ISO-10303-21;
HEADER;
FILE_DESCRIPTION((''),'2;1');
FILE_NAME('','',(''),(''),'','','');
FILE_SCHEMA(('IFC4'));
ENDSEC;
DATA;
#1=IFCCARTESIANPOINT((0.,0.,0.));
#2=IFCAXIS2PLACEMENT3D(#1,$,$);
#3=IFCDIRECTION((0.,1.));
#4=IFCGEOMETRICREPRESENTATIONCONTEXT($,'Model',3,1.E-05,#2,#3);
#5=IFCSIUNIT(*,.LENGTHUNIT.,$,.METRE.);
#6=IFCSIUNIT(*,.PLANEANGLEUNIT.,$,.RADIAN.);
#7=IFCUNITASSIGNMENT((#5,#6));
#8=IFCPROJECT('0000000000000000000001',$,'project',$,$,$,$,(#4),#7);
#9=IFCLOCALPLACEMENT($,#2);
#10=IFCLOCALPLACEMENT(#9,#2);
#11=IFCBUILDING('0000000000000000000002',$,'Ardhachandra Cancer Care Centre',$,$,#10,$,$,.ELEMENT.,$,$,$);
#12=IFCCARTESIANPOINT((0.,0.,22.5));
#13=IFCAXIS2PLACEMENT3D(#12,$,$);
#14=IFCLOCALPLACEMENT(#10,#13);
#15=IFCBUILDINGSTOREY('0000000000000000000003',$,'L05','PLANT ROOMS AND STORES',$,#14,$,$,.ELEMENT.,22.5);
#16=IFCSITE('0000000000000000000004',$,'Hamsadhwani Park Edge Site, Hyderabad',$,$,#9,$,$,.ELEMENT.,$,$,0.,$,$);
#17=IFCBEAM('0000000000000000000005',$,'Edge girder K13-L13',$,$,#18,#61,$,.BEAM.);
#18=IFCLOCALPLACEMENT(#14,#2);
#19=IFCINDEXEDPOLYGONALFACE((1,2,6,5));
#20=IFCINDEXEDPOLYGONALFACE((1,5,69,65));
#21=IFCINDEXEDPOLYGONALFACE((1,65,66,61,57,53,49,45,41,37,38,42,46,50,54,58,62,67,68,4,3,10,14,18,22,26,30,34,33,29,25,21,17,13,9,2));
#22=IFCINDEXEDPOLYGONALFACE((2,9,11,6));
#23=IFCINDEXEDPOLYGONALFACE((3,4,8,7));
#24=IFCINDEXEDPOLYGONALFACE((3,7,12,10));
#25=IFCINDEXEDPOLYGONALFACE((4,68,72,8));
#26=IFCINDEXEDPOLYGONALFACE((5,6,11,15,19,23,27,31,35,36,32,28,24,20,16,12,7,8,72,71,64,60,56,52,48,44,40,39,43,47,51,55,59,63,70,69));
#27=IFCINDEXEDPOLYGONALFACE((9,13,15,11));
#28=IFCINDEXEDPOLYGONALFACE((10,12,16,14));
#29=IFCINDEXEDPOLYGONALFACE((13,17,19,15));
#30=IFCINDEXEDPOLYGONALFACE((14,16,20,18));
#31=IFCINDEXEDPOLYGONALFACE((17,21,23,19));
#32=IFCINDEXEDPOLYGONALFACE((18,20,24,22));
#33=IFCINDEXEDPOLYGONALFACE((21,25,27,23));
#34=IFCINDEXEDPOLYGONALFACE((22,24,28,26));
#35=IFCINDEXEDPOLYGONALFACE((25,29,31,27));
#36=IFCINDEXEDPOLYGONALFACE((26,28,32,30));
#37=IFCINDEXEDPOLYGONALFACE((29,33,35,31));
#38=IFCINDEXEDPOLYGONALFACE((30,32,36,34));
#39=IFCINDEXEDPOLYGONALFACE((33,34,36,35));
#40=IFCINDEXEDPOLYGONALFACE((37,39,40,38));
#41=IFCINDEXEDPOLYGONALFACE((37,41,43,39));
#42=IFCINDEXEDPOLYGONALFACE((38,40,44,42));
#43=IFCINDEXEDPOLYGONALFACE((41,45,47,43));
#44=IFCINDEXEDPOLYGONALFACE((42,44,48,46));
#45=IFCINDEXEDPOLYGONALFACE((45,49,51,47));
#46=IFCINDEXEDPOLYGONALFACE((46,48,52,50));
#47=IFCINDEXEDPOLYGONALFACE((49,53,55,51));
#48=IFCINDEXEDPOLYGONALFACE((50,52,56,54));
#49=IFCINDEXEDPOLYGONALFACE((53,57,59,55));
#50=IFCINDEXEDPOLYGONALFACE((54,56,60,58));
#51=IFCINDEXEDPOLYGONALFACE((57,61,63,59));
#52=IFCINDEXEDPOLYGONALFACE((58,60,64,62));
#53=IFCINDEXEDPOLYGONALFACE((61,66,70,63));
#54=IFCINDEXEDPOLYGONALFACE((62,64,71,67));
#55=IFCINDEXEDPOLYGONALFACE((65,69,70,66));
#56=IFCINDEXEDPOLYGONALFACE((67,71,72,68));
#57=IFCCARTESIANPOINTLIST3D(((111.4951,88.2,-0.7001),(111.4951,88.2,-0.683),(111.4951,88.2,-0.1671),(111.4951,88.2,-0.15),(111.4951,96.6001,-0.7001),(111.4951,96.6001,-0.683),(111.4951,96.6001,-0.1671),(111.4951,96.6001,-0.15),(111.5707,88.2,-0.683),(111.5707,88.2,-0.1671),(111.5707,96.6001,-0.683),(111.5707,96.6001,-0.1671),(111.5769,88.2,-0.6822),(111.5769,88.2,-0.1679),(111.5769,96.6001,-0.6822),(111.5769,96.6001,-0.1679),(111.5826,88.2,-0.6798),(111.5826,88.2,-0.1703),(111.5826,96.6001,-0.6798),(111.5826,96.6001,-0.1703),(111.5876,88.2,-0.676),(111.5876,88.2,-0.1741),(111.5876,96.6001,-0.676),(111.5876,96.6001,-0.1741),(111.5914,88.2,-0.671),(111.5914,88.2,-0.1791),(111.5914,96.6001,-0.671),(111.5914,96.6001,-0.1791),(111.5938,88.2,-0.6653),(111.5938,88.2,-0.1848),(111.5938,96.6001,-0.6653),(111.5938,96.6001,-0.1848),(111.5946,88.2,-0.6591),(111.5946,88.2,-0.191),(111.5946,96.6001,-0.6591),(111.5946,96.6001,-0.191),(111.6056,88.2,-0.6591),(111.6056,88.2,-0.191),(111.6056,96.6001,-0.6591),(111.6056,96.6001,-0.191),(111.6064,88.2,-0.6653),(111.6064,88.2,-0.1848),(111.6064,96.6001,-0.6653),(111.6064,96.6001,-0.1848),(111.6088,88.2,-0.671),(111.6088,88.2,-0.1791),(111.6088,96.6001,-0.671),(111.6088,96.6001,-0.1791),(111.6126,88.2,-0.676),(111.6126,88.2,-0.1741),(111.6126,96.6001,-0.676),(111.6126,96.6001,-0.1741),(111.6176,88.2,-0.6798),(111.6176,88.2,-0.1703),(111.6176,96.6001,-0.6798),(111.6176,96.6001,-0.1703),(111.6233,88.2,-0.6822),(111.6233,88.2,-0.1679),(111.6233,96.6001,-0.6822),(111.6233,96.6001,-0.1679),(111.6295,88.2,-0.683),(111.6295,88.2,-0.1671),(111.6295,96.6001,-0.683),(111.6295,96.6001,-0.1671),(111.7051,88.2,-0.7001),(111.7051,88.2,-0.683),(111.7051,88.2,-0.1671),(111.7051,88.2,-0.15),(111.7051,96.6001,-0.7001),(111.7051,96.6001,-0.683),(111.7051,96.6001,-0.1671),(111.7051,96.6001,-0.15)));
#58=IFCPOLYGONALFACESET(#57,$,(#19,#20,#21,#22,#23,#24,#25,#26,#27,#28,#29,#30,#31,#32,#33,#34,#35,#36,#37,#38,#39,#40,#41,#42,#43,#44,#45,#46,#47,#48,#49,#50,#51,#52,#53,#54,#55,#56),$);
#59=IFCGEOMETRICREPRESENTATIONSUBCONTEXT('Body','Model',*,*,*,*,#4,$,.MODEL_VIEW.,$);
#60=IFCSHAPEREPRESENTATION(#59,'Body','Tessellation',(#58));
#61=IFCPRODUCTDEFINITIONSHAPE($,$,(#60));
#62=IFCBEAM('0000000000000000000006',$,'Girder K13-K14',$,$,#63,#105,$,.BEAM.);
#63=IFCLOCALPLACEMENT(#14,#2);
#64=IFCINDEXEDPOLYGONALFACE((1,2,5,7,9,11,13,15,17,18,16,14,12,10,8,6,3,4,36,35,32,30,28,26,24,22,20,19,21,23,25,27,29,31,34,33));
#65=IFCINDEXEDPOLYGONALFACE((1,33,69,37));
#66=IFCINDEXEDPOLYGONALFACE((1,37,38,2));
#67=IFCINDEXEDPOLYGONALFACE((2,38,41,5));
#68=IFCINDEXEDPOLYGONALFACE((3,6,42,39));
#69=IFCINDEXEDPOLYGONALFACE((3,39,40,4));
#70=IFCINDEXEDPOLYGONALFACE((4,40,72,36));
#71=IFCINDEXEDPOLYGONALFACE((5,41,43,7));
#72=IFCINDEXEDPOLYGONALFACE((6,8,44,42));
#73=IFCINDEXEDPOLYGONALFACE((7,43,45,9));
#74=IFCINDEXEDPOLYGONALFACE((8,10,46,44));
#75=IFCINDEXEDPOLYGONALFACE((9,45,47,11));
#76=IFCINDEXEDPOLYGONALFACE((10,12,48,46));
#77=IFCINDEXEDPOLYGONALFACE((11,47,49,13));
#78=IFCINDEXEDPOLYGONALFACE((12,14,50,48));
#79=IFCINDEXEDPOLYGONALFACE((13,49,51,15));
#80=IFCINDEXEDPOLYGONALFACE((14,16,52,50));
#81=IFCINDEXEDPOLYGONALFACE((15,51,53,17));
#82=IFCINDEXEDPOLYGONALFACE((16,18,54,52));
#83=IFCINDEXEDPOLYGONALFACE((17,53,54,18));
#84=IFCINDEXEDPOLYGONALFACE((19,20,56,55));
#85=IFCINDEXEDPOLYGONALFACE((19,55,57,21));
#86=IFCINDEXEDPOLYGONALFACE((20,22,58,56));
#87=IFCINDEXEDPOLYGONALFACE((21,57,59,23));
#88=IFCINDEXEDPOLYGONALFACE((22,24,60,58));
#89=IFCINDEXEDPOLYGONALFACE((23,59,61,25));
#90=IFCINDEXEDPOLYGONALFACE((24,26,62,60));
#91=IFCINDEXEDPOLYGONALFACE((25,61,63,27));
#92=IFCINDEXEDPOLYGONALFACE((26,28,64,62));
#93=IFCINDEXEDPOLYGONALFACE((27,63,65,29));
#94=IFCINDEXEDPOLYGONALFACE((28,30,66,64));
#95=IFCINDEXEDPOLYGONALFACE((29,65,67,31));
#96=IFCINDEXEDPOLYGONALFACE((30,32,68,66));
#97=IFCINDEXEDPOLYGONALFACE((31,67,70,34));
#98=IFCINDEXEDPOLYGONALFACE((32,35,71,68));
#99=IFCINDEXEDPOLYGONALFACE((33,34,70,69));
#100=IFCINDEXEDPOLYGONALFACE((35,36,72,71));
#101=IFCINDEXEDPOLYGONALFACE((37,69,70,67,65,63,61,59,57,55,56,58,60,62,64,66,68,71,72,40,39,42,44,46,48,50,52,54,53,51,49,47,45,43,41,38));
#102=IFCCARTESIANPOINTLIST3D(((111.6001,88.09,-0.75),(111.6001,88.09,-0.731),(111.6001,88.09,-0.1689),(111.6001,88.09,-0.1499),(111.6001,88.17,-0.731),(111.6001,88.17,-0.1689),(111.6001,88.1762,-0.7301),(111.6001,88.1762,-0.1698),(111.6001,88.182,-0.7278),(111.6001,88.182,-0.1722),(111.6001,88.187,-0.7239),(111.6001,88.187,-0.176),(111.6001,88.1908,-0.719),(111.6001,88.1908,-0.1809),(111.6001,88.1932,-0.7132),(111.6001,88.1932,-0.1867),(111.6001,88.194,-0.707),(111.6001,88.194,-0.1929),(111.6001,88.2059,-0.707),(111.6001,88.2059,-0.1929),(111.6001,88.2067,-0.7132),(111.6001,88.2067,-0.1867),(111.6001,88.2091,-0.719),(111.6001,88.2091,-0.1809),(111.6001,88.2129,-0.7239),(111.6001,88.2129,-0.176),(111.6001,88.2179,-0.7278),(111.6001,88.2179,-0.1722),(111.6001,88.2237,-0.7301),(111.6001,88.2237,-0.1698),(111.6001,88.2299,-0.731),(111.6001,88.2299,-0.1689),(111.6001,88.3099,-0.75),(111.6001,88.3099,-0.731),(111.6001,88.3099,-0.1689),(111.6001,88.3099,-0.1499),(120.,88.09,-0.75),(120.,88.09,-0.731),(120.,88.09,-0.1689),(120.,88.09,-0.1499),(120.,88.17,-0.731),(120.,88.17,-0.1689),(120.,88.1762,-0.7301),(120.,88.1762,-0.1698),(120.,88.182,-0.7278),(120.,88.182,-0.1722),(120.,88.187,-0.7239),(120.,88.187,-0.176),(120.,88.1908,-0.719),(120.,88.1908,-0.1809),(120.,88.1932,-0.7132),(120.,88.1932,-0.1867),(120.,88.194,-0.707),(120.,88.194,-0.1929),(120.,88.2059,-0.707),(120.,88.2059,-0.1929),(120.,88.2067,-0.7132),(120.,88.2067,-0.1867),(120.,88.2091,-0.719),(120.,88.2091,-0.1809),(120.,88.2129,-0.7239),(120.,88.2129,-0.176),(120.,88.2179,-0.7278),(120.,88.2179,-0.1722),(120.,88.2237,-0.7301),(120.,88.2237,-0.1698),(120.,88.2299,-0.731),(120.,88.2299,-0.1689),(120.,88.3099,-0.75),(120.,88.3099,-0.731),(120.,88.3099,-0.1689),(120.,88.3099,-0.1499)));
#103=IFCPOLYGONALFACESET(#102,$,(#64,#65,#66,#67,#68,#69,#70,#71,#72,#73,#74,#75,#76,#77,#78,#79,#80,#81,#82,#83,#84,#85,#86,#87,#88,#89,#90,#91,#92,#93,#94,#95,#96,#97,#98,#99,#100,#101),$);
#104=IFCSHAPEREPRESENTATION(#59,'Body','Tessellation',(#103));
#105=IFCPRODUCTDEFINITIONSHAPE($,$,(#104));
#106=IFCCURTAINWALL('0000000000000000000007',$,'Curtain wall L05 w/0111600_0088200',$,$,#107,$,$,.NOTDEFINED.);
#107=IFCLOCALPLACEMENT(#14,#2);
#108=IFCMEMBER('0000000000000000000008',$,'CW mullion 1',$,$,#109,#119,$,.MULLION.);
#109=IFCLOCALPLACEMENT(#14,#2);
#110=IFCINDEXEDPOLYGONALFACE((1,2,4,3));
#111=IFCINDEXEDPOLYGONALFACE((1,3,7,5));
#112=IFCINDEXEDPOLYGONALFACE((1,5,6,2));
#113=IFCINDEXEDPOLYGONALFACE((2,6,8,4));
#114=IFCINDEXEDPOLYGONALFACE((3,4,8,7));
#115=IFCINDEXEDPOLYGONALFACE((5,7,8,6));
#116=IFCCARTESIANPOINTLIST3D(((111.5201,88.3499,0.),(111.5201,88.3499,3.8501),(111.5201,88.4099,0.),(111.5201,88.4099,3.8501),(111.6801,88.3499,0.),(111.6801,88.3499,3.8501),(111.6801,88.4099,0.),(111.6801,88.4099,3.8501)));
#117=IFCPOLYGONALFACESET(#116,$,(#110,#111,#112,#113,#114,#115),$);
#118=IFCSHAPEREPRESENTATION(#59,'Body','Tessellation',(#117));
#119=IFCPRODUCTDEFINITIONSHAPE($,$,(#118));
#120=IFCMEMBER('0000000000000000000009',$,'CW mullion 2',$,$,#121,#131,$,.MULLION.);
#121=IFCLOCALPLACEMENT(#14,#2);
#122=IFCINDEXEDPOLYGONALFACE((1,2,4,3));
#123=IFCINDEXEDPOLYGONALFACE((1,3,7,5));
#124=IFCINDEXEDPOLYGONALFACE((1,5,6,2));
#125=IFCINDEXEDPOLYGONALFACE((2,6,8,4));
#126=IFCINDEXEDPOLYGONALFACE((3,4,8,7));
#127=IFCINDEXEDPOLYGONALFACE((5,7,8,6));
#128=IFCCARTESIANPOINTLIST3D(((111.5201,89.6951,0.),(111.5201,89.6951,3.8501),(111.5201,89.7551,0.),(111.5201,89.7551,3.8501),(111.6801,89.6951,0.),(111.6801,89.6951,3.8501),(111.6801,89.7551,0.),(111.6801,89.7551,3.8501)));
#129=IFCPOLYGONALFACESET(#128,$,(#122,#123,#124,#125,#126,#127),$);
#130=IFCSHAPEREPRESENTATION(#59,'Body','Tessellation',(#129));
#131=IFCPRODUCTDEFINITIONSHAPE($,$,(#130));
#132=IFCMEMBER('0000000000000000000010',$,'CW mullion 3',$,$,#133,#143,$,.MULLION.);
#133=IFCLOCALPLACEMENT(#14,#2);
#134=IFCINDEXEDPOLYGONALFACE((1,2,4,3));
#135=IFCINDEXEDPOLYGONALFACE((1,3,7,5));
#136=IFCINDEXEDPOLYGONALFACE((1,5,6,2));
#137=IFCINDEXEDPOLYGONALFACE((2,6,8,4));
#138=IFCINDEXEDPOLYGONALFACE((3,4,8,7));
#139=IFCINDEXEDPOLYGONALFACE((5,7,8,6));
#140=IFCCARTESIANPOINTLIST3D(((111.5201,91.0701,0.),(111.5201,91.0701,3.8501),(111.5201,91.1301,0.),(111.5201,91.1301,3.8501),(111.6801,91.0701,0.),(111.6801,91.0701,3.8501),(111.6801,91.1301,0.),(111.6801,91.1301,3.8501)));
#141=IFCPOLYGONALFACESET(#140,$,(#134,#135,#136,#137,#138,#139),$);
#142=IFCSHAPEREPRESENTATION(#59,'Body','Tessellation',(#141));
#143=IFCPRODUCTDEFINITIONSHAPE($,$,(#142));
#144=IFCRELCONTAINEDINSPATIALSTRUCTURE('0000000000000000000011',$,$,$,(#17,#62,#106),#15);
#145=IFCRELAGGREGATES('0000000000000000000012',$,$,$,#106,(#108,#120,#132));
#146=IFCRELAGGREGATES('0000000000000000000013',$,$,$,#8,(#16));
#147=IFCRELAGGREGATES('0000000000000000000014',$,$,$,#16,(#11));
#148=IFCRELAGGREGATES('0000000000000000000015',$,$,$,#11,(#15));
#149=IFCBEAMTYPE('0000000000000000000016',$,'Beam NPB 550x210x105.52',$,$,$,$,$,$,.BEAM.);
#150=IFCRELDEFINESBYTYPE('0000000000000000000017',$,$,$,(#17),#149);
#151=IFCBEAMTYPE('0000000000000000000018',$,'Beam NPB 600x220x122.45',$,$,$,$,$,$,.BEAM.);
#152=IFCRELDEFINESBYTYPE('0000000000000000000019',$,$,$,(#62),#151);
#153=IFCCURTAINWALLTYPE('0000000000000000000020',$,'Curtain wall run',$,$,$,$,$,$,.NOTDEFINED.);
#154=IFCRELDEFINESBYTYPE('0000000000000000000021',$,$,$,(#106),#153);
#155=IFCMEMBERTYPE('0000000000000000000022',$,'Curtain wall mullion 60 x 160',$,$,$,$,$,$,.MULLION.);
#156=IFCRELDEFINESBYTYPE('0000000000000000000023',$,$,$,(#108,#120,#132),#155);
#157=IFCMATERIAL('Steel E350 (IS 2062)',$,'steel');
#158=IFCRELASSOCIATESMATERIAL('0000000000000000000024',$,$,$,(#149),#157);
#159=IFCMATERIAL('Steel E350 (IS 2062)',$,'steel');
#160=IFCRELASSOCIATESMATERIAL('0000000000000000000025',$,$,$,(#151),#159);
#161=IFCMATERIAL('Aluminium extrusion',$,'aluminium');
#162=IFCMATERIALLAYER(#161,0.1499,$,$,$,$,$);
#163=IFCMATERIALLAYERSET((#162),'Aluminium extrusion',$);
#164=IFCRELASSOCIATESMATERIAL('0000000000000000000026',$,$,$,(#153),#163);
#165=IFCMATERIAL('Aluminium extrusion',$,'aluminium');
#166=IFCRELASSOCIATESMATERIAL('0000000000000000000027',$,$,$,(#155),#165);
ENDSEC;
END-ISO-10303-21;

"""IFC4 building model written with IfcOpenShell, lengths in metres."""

from ifc_helpers import new_model, si_unit, direction, frame, origin, origin_2d, place, context, subcontext, project, spatial, rectangle, i_section, extrude, material, layer, layer_set, material_profile, profile_set, type_object, element, aggregate, save


model = new_model("IFC4")

# Units and contexts
model_context = context("Model", 3, precision=1e-05, world=origin(), true_north=direction((0.0, 1.0)))
body_context = subcontext(model_context, "Body", "Model", "MODEL_VIEW")
ifc_project = project(units=[si_unit("LENGTHUNIT", "METRE"), si_unit("PLANEANGLEUNIT", "RADIAN")], contexts=[model_context])

# Site, building, storey
site_placement = place(None, origin())
site = spatial("IfcSite", under=ifc_project, at=site_placement, Name="Hamsadhwani Park Edge Site, Hyderabad", CompositionType="ELEMENT", RefElevation=0.0)
building_placement = place(site_placement, origin())
building = spatial("IfcBuilding", under=site, at=building_placement, Name="Ardhachandra Cancer Care Centre", CompositionType="ELEMENT")
storey_placement = place(building_placement, frame((0.0, 0.0, 22.5)))
storey = spatial("IfcBuildingStorey", under=building, at=storey_placement, Name="L05", Description="PLANT ROOMS AND STORES", CompositionType="ELEMENT", Elevation=22.5)

# Beams
ifc_material_1 = material(Name="Steel E350 (IS 2062)", Category="steel")
ifc_material_profile_1 = material_profile(ifc_material_1, i_section(OverallWidth=0.21, OverallDepth=0.55, WebThickness=0.011, FlangeThickness=0.0171, FilletRadius=0.0239, at=origin_2d()), Name="NPB 550x210x105.52")
ifc_profile_set_1 = profile_set([ifc_material_profile_1], Name="Steel E350 (IS 2062)")
beam_type_1 = type_object("IfcBeamType", Name="Beam NPB 550x210x105.52", PredefinedType="BEAM", material=ifc_profile_set_1)
beam_1_placement = place(storey_placement, frame((111.6001, 88.2, -0.425), z_axis=(0.0, 1.0, 0.0), x_axis=(-1.0, 0.0, 0.0)))
element("IfcBeam", 1, at=beam_1_placement, inside=storey, type_object=beam_type_1, Name="Edge girder K13-L13", PredefinedType="BEAM", context=body_context, shape_type="SweptSolid", body=[
    extrude(i_section(OverallWidth=0.21, OverallDepth=0.55, WebThickness=0.011, FlangeThickness=0.0171, FilletRadius=0.0239, at=origin_2d()), origin(), (0.0, 0.0, 1.0), 8.4001),
])
ifc_material_2 = material(Name="Steel E350 (IS 2062)", Category="steel")
ifc_material_profile_2 = material_profile(ifc_material_2, i_section(OverallWidth=0.22, OverallDepth=0.6001, WebThickness=0.012, FlangeThickness=0.019, FilletRadius=0.0239, at=origin_2d()), Name="NPB 600x220x122.45")
ifc_profile_set_2 = profile_set([ifc_material_profile_2], Name="Steel E350 (IS 2062)")
beam_type_2 = type_object("IfcBeamType", Name="Beam NPB 600x220x122.45", PredefinedType="BEAM", material=ifc_profile_set_2)
beam_2_placement = place(storey_placement, frame((111.6001, 88.2, -0.45), z_axis=(1.0, 0.0, 0.0), x_axis=(0.0, 1.0, 0.0)))
element("IfcBeam", 2, at=beam_2_placement, inside=storey, type_object=beam_type_2, Name="Girder K13-K14", PredefinedType="BEAM", context=body_context, shape_type="SweptSolid", body=[
    extrude(i_section(OverallWidth=0.22, OverallDepth=0.6001, WebThickness=0.012, FlangeThickness=0.019, FilletRadius=0.0239, at=origin_2d()), origin(), (0.0, 0.0, 1.0), 8.3999),
])

# Curtain wall, members
ifc_material_3 = material(Name="Aluminium extrusion", Category="aluminium")
ifc_layer_1 = layer(ifc_material_3, 0.1499)
ifc_layer_set_1 = layer_set([ifc_layer_1], Name="Aluminium extrusion")
curtain_wall_type = type_object("IfcCurtainWallType", Name="Curtain wall run", PredefinedType="NOTDEFINED", material=ifc_layer_set_1)
curtain_wall_placement = place(storey_placement, origin())
curtain_wall = element("IfcCurtainWall", 3, at=curtain_wall_placement, inside=storey, type_object=curtain_wall_type, Name="Curtain wall L05 w/0111600_0088200", PredefinedType="NOTDEFINED")
ifc_material_4 = material(Name="Aluminium extrusion", Category="aluminium")
ifc_material_profile_3 = material_profile(ifc_material_4, rectangle(XDim=0.1599, YDim=0.0601, at=origin_2d()), Name="Curtain wall mullion 60 x 160")
ifc_profile_set_3 = profile_set([ifc_material_profile_3], Name="Aluminium extrusion")
member_type = type_object("IfcMemberType", Name="Curtain wall mullion 60 x 160", PredefinedType="MULLION", material=ifc_profile_set_3)
member_1_placement = place(storey_placement, frame((111.6001, 88.3799, 0.0), z_axis=(0.0, 0.0, 1.0), x_axis=(-1.0, 0.0, 0.0)))
member_1 = element("IfcMember", 4, at=member_1_placement, type_object=member_type, Name="CW mullion 1", PredefinedType="MULLION", context=body_context, shape_type="SweptSolid", body=[
    extrude(rectangle(XDim=0.1599, YDim=0.0601, at=origin_2d()), origin(), (0.0, 0.0, 1.0), 3.8501),
])
member_2_placement = place(storey_placement, frame((111.6001, 89.7251, 0.0), z_axis=(0.0, 0.0, 1.0), x_axis=(-1.0, 0.0, 0.0)))
member_2 = element("IfcMember", 5, at=member_2_placement, type_object=member_type, Name="CW mullion 2", PredefinedType="MULLION", context=body_context, shape_type="SweptSolid", body=[
    extrude(rectangle(XDim=0.1599, YDim=0.0601, at=origin_2d()), origin(), (0.0, 0.0, 1.0), 3.8501),
])
member_3_placement = place(storey_placement, frame((111.6001, 91.1001, 0.0), z_axis=(0.0, 0.0, 1.0), x_axis=(-1.0, 0.0, 0.0)))
member_3 = element("IfcMember", 6, at=member_3_placement, type_object=member_type, Name="CW mullion 3", PredefinedType="MULLION", context=body_context, shape_type="SweptSolid", body=[
    extrude(rectangle(XDim=0.1599, YDim=0.0601, at=origin_2d()), origin(), (0.0, 0.0, 1.0), 3.8501),
])
aggregate(curtain_wall, [member_1, member_2, member_3])

save(model, "model.ifc")
